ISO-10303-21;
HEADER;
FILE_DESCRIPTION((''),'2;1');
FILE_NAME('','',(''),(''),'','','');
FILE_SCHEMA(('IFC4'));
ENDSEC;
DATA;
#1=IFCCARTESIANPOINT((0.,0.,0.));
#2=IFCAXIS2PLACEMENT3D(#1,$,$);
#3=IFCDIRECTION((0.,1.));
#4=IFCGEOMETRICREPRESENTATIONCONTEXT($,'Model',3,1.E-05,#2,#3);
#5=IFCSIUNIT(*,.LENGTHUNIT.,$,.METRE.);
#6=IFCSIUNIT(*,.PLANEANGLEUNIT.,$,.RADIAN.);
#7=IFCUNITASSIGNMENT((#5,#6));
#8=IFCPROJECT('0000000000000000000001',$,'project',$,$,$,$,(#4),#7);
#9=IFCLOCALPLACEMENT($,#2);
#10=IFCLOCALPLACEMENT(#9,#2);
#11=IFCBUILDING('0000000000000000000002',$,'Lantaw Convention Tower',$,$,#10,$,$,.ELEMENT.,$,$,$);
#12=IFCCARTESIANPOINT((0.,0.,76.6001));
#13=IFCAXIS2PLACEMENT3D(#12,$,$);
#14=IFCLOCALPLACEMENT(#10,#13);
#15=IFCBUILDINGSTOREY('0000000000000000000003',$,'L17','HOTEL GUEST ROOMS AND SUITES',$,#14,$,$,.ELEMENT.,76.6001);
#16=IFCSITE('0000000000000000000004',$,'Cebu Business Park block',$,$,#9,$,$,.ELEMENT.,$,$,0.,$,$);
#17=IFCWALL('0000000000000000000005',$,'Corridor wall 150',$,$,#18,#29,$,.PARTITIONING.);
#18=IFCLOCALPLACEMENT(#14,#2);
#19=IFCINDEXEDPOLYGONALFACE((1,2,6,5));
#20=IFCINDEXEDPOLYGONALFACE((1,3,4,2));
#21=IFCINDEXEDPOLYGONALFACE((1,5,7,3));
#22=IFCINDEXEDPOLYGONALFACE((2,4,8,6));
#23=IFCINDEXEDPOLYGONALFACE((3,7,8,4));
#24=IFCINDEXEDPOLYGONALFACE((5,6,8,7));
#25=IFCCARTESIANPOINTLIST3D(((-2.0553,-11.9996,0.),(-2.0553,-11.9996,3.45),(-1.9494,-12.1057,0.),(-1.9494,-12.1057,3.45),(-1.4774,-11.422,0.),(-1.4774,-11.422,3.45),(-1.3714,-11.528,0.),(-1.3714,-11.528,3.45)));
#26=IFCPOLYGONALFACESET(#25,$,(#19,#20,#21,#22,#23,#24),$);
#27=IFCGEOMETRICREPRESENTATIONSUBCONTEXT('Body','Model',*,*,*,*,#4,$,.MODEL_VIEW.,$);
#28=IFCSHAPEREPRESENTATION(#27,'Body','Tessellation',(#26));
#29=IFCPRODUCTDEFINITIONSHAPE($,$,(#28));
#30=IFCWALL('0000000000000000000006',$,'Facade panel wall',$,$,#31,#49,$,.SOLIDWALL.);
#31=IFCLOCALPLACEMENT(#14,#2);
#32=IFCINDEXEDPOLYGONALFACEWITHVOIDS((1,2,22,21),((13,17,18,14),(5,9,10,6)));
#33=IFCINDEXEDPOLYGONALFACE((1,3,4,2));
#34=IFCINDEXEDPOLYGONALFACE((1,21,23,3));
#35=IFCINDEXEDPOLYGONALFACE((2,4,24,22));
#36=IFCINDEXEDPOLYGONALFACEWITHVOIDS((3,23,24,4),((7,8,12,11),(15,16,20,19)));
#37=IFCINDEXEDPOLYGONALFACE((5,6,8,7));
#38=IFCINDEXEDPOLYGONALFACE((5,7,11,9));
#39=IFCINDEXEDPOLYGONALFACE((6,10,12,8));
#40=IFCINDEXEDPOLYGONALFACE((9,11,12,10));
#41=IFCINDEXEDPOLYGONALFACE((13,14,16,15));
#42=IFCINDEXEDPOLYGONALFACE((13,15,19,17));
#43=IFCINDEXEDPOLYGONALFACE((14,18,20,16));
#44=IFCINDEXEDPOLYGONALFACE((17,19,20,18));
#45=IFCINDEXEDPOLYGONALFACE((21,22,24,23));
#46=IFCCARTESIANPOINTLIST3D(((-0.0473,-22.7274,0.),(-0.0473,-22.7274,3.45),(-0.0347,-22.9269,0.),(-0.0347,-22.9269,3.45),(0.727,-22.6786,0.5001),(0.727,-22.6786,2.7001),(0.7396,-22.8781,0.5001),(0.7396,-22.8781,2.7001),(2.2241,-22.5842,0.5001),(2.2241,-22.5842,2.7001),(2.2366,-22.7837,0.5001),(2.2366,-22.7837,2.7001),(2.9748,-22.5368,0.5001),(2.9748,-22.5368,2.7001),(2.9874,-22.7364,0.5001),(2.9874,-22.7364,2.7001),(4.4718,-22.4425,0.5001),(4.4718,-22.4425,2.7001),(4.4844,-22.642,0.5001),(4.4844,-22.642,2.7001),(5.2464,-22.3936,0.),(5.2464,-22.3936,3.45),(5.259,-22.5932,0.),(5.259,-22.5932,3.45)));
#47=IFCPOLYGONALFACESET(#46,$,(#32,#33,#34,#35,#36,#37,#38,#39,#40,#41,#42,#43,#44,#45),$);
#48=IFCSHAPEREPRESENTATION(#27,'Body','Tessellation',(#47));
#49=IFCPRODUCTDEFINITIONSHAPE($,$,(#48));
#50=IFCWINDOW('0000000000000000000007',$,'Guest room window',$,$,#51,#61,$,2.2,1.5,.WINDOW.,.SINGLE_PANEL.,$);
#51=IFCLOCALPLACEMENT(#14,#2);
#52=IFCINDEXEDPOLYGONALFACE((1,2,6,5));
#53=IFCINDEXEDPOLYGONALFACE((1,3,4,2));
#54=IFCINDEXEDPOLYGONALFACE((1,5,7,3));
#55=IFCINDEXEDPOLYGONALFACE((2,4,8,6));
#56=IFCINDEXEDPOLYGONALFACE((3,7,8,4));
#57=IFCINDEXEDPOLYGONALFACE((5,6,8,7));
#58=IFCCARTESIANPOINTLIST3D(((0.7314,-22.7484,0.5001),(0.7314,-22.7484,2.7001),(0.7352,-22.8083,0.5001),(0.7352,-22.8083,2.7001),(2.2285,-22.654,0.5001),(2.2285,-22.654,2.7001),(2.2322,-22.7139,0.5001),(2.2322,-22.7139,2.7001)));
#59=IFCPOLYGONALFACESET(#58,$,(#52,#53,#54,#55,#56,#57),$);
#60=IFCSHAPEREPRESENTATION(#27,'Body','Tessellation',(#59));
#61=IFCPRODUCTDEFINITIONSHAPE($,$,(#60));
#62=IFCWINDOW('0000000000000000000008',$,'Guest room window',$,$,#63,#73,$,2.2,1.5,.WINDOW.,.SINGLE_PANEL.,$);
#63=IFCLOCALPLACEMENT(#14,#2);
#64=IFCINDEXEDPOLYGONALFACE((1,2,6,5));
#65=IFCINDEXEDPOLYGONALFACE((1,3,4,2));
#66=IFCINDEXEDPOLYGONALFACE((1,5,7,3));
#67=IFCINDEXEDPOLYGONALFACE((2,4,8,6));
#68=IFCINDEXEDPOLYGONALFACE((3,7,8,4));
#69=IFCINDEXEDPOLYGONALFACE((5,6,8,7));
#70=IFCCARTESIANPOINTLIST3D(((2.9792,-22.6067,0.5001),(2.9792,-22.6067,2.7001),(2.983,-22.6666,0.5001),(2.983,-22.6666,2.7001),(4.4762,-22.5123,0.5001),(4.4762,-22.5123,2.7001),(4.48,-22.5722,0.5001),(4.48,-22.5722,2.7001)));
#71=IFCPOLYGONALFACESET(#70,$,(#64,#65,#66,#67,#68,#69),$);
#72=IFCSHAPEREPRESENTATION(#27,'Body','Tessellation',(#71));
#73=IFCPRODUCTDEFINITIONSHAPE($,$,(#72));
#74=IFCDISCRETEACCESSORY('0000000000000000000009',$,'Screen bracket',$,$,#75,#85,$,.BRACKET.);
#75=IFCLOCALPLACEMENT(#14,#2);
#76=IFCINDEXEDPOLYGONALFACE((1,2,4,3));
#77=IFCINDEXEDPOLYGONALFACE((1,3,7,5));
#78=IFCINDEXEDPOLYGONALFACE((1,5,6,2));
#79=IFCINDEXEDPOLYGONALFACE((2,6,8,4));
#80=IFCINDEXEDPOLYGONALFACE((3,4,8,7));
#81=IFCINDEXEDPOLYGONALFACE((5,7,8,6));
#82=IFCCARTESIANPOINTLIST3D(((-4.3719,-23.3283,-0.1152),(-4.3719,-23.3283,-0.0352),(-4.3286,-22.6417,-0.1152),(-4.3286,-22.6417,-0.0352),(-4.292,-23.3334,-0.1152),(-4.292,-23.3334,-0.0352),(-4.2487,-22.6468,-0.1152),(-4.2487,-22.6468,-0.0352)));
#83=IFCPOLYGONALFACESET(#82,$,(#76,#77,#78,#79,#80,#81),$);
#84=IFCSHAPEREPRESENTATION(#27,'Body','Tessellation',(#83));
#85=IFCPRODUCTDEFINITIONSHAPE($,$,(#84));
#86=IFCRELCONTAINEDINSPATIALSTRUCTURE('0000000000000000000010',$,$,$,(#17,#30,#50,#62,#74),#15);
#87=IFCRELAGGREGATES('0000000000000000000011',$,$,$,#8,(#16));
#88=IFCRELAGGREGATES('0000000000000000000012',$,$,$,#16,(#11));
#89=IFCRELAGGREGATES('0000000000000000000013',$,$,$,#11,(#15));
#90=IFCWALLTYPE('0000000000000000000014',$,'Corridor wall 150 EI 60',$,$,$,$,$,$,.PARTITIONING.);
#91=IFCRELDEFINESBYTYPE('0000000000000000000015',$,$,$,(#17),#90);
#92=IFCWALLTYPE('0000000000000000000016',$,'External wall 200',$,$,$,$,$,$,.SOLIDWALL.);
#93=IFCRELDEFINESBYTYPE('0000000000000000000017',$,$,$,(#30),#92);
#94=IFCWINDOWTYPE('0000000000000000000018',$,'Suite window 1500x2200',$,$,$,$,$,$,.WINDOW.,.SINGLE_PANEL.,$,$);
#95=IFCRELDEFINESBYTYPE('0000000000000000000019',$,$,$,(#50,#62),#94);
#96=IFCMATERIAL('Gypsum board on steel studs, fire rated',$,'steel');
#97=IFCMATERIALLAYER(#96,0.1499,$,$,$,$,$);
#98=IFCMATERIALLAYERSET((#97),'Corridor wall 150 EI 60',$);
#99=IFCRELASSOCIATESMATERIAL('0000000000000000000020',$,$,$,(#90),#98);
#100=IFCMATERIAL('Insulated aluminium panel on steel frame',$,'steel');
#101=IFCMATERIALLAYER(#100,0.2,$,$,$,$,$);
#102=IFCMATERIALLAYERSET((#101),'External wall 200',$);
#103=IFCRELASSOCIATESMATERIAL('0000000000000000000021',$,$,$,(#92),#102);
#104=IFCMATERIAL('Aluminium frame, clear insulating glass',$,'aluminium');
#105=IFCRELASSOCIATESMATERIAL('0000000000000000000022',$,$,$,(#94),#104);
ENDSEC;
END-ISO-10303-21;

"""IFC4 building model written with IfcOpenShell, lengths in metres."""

from ifc_helpers import new_model, si_unit, direction, frame, frame_2d, origin, origin_2d, place, context, subcontext, project, spatial, rectangle, extrude, material, layer, layer_set, type_object, element, fill, save


model = new_model("IFC4")

# Units and contexts
model_context = context("Model", 3, precision=1e-05, world=origin(), true_north=direction((0.0, 1.0)))
body_context = subcontext(model_context, "Body", "Model", "MODEL_VIEW")
ifc_project = project(units=[si_unit("LENGTHUNIT", "METRE"), si_unit("PLANEANGLEUNIT", "RADIAN")], contexts=[model_context])

# Site, building, storey
site_placement = place(None, origin())
site = spatial("IfcSite", under=ifc_project, at=site_placement, Name="Cebu Business Park block", CompositionType="ELEMENT", RefElevation=0.0)
building_placement = place(site_placement, origin())
building = spatial("IfcBuilding", under=site, at=building_placement, Name="Lantaw Convention Tower", CompositionType="ELEMENT")
storey_placement = place(building_placement, frame((0.0, 0.0, 76.6001)))
storey = spatial("IfcBuildingStorey", under=building, at=storey_placement, Name="L17", Description="HOTEL GUEST ROOMS AND SUITES", CompositionType="ELEMENT", Elevation=76.6001)

# Shared definitions
ifc_material_1 = material(Name="Gypsum board on steel studs, fire rated", Category="steel")
ifc_layer_1 = layer(ifc_material_1, 0.1499)
ifc_layer_set_1 = layer_set([ifc_layer_1], Name="Corridor wall 150 EI 60")
wall_type_1 = type_object("IfcWallType", Name="Corridor wall 150 EI 60", PredefinedType="PARTITIONING", material=ifc_layer_set_1)

# Wall
wall_1_placement = place(storey_placement, frame((-2.0024, -12.0527, 0.0), z_axis=(0.0, 0.0, 1.0), x_axis=(0.707256, 0.706957, 0.0)))
element("IfcWall", 1, at=wall_1_placement, inside=storey, type_object=wall_type_1, Name="Corridor wall 150", PredefinedType="PARTITIONING", context=body_context, shape_type="SweptSolid", body=[
    extrude(rectangle(XDim=0.8171, YDim=0.1499, at=frame_2d((0.4087, 0.0))), origin(), (0.0, 0.0, 1.0), 3.45),
])

# Wall, openings, windows
ifc_material_2 = material(Name="Insulated aluminium panel on steel frame", Category="steel")
ifc_layer_2 = layer(ifc_material_2, 0.2)
ifc_layer_set_2 = layer_set([ifc_layer_2], Name="External wall 200")
wall_type_2 = type_object("IfcWallType", Name="External wall 200", PredefinedType="SOLIDWALL", material=ifc_layer_set_2)
wall_2_placement = place(storey_placement, frame((-0.041, -22.8271, 0.0), z_axis=(0.0, 0.0, 1.0), x_axis=(0.998019, 0.06292, 0.0)))
wall_2 = element("IfcWall", 2, at=wall_2_placement, inside=storey, type_object=wall_type_2, Name="Facade panel wall", PredefinedType="SOLIDWALL", context=body_context, shape_type="SweptSolid", body=[
    extrude(rectangle(XDim=5.3042, YDim=0.2, at=frame_2d((2.6521, 0.0))), origin(), (0.0, 0.0, 1.0), 3.45),
])
opening_1_placement = place(wall_2_placement, frame((0.7759, 0.0, 0.5)))
opening_1 = element("IfcOpeningElement", 3, at=opening_1_placement, cuts=wall_2, PredefinedType="OPENING", context=body_context, shape_type="SweptSolid", body=[
    extrude(rectangle(XDim=1.5, YDim=2.2, at=frame_2d((0.75, 1.1001))), frame((0.0, 0.1099, 0.0), z_axis=(0.0, -1.0, 0.0), x_axis=(1.0, 0.0, 0.0)), (0.0, 0.0, 1.0), 0.22),
])
opening_2_placement = place(wall_2_placement, frame((3.0281, 0.0, 0.5)))
opening_2 = element("IfcOpeningElement", 4, at=opening_2_placement, cuts=wall_2, PredefinedType="OPENING", context=body_context, shape_type="SweptSolid", body=[
    extrude(rectangle(XDim=1.5, YDim=2.2, at=frame_2d((0.75, 1.1001))), frame((0.0, 0.1099, 0.0), z_axis=(0.0, -1.0, 0.0), x_axis=(1.0, 0.0, 0.0)), (0.0, 0.0, 1.0), 0.22),
])
ifc_material_3 = material(Name="Aluminium frame, clear insulating glass", Category="aluminium")
window_type = type_object("IfcWindowType", Name="Suite window 1500x2200", PartitioningType="SINGLE_PANEL", PredefinedType="WINDOW", material=ifc_material_3)
window_1_placement = place(opening_1_placement, origin())
window_1 = element("IfcWindow", 5, at=window_1_placement, inside=storey, type_object=window_type, Name="Guest room window", OverallHeight=2.2, OverallWidth=1.5, PartitioningType="SINGLE_PANEL", PredefinedType="WINDOW", context=body_context, shape_type="SweptSolid", body=[
    extrude(rectangle(XDim=1.5, YDim=2.2, at=frame_2d((0.75, 1.1001))), frame((0.0, 0.03, 0.0), z_axis=(0.0, -1.0, 0.0), x_axis=(1.0, 0.0, 0.0)), (0.0, 0.0, 1.0), 0.0601),
])
fill(opening_1, window_1)
window_2_placement = place(opening_2_placement, origin())
window_2 = element("IfcWindow", 6, at=window_2_placement, inside=storey, type_object=window_type, Name="Guest room window", OverallHeight=2.2, OverallWidth=1.5, PartitioningType="SINGLE_PANEL", PredefinedType="WINDOW", context=body_context, shape_type="SweptSolid", body=[
    extrude(rectangle(XDim=1.5, YDim=2.2, at=frame_2d((0.75, 1.1001))), frame((0.0, 0.03, 0.0), z_axis=(0.0, -1.0, 0.0), x_axis=(1.0, 0.0, 0.0)), (0.0, 0.0, 1.0), 0.0601),
])
fill(opening_2, window_2)

# Discrete accessory
discrete_accessory_placement = place(storey_placement, frame((-4.3103, -22.9875, -0.1152), z_axis=(0.0, 0.0, 1.0), x_axis=(0.998016, -0.062958, 0.0)))
element("IfcDiscreteAccessory", 7, at=discrete_accessory_placement, inside=storey, Name="Screen bracket", PredefinedType="BRACKET", context=body_context, shape_type="SweptSolid", body=[
    extrude(rectangle(XDim=0.0801, YDim=0.688, at=origin_2d()), origin(), (0.0, 0.0, 1.0), 0.0801),
])

save(model, "model.ifc")
